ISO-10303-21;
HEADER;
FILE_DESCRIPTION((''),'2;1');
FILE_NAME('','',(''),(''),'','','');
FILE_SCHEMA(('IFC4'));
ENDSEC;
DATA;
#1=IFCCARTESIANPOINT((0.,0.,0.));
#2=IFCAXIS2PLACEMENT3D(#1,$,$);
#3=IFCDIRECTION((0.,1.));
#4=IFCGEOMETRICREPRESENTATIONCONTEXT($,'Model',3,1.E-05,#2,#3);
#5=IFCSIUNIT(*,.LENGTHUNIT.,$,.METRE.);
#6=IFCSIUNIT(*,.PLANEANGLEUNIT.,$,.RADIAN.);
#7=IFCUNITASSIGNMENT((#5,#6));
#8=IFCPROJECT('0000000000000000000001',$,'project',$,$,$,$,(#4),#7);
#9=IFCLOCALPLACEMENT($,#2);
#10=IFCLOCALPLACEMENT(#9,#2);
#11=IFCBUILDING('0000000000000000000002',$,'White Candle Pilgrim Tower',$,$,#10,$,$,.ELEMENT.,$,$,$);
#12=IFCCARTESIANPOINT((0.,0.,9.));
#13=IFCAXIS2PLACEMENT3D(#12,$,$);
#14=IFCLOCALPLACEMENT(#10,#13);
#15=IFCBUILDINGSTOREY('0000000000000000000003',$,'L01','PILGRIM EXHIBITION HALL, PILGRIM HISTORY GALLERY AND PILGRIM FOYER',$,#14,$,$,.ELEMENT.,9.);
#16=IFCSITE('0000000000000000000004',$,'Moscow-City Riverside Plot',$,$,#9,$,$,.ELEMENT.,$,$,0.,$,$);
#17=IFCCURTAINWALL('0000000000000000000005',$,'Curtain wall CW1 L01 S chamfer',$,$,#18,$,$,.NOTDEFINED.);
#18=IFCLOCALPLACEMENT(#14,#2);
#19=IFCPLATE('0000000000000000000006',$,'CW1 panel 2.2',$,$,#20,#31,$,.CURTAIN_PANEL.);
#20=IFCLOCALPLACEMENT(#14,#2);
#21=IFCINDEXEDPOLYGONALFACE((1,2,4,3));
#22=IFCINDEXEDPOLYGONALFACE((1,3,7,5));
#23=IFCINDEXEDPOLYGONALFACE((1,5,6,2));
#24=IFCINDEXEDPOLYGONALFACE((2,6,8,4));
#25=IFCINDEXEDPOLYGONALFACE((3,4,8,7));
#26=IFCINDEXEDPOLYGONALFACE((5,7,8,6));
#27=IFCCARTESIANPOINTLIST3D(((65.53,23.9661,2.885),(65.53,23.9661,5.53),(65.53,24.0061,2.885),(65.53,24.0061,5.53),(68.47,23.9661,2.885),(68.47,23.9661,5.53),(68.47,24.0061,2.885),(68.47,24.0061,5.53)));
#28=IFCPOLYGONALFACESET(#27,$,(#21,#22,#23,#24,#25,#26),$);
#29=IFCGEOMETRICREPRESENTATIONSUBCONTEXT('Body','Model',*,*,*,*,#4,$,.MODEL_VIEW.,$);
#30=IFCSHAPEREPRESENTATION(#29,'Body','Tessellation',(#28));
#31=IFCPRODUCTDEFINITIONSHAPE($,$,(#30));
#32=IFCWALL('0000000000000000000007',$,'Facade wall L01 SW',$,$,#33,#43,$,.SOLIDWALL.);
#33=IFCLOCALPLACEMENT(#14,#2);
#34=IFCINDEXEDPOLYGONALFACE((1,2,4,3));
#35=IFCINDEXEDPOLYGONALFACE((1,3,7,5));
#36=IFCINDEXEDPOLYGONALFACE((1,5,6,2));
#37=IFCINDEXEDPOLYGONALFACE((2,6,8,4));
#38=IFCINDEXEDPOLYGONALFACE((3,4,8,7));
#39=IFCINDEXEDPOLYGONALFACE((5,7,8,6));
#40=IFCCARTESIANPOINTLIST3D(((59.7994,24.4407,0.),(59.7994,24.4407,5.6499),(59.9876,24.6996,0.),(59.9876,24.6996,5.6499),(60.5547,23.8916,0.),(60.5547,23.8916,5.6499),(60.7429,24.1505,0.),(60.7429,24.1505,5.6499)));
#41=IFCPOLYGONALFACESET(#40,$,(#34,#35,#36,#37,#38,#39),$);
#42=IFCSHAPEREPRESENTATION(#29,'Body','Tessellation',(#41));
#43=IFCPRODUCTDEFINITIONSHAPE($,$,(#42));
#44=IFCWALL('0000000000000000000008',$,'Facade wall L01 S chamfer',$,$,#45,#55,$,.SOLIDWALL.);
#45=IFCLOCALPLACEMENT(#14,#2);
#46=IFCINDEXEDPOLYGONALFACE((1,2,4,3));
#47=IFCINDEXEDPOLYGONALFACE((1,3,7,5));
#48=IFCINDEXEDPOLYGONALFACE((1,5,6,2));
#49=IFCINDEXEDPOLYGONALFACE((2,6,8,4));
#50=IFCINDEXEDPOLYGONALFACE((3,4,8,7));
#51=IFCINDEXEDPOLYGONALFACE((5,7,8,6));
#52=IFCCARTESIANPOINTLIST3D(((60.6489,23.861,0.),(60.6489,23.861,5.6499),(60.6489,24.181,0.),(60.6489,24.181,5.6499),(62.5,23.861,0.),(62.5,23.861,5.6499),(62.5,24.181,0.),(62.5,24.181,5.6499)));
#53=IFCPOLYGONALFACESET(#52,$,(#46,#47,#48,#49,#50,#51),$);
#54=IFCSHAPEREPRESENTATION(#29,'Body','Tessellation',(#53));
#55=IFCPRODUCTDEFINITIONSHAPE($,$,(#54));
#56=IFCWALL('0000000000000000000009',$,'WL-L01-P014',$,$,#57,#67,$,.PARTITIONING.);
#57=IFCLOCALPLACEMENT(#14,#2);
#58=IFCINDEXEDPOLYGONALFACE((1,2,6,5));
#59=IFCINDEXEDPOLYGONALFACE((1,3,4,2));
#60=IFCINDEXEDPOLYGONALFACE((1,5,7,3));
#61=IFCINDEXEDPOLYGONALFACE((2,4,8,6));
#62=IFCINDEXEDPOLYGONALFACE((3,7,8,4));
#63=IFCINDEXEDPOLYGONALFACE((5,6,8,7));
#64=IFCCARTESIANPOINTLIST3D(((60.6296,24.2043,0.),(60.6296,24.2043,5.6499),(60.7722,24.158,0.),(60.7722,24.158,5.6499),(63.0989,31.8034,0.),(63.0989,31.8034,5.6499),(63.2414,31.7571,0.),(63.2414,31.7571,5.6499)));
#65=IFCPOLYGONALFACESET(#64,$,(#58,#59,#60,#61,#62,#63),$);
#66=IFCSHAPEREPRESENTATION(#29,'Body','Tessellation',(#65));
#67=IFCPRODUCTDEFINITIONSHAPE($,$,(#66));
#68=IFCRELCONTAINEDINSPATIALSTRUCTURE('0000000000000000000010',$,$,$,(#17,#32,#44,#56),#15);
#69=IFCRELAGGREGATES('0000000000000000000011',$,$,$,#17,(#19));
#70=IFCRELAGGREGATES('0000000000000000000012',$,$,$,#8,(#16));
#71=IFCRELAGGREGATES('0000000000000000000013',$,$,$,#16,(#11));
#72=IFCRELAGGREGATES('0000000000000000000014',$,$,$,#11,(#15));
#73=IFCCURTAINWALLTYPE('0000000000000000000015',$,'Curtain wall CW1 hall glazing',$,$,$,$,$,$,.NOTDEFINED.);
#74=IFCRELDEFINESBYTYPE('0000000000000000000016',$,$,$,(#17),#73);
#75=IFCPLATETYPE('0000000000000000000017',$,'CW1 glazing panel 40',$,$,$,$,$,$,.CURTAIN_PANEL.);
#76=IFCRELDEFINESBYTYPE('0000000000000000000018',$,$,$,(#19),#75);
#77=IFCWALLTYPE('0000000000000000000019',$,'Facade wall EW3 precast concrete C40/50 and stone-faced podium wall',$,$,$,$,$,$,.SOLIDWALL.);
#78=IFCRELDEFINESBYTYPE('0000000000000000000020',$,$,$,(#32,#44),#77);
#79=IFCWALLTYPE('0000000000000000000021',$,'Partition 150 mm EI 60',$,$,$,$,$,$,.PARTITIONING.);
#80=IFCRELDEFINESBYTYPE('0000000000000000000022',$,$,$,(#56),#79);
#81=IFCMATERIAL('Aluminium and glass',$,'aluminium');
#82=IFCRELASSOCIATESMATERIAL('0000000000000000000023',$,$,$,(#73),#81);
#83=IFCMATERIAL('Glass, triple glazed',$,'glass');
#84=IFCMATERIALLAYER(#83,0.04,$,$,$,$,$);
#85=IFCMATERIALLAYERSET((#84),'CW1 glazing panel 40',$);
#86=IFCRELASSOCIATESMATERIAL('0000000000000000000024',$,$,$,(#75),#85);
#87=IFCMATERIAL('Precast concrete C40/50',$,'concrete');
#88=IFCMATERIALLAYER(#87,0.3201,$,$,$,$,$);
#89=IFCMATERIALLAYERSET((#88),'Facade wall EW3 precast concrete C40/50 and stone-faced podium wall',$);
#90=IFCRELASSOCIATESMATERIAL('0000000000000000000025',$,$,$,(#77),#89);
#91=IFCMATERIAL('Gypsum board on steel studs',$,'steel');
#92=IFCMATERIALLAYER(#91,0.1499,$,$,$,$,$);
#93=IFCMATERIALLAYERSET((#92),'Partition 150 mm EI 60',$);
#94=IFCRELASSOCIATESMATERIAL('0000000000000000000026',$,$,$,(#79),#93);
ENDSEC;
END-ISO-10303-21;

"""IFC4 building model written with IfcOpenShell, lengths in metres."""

from ifc_helpers import new_model, si_unit, direction, frame, frame_2d, origin, origin_2d, place, context, subcontext, project, spatial, rectangle, extrude, material, layer, layer_set, type_object, element, aggregate, save


model = new_model("IFC4")

# Units and contexts
model_context = context("Model", 3, precision=1e-05, world=origin(), true_north=direction((0.0, 1.0)))
body_context = subcontext(model_context, "Body", "Model", "MODEL_VIEW")
ifc_project = project(units=[si_unit("LENGTHUNIT", "METRE"), si_unit("PLANEANGLEUNIT", "RADIAN")], contexts=[model_context])

# Site, building, storey
site_placement = place(None, origin())
site = spatial("IfcSite", under=ifc_project, at=site_placement, Name="Moscow-City Riverside Plot", CompositionType="ELEMENT", RefElevation=0.0)
building_placement = place(site_placement, origin())
building = spatial("IfcBuilding", under=site, at=building_placement, Name="White Candle Pilgrim Tower", CompositionType="ELEMENT")
storey_placement = place(building_placement, frame((0.0, 0.0, 9.0)))
storey = spatial("IfcBuildingStorey", under=building, at=storey_placement, Name="L01", Description="PILGRIM EXHIBITION HALL, PILGRIM HISTORY GALLERY AND PILGRIM FOYER", CompositionType="ELEMENT", Elevation=9.0)

# Shared definitions
ifc_material_1 = material(Name="Aluminium and glass", Category="aluminium")
curtain_wall_type = type_object("IfcCurtainWallType", Name="Curtain wall CW1 hall glazing", PredefinedType="NOTDEFINED", material=ifc_material_1)

# Curtain wall
curtain_wall_1_placement = place(storey_placement, origin())
curtain_wall_1 = element("IfcCurtainWall", 1, at=curtain_wall_1_placement, inside=storey, type_object=curtain_wall_type, Name="Curtain wall CW1 L01 S chamfer", PredefinedType="NOTDEFINED")

# Plate
ifc_material_2 = material(Name="Glass, triple glazed", Category="glass")
ifc_layer_1 = layer(ifc_material_2, 0.04)
ifc_layer_set_1 = layer_set([ifc_layer_1], Name="CW1 glazing panel 40")
plate_type = type_object("IfcPlateType", Name="CW1 glazing panel 40", PredefinedType="CURTAIN_PANEL", material=ifc_layer_set_1)
plate_1_placement = place(storey_placement, frame((67.0, 23.9861, 2.885), z_axis=(0.0, 0.0, 1.0), x_axis=(1.0, 0.0, 0.0)))
plate_1 = element("IfcPlate", 2, at=plate_1_placement, type_object=plate_type, Name="CW1 panel 2.2", PredefinedType="CURTAIN_PANEL", context=body_context, shape_type="SweptSolid", body=[
    extrude(rectangle(XDim=2.9399, YDim=0.04, at=origin_2d()), origin(), (0.0, 0.0, 1.0), 2.645),
])
aggregate(curtain_wall_1, [plate_1])

# Walls
ifc_material_3 = material(Name="Precast concrete C40/50", Category="concrete")
ifc_layer_2 = layer(ifc_material_3, 0.3201)
ifc_layer_set_2 = layer_set([ifc_layer_2], Name="Facade wall EW3 precast concrete C40/50 and stone-faced podium wall")
wall_type_1 = type_object("IfcWallType", Name="Facade wall EW3 precast concrete C40/50 and stone-faced podium wall", PredefinedType="SOLIDWALL", material=ifc_layer_set_2)
wall_1_placement = place(storey_placement, frame((59.8936, 24.5701, 0.0), z_axis=(0.0, 0.0, 1.0), x_axis=(0.808883, -0.58797, 0.0)))
element("IfcWall", 3, at=wall_1_placement, inside=storey, type_object=wall_type_1, Name="Facade wall L01 SW", PredefinedType="SOLIDWALL", context=body_context, shape_type="SweptSolid", body=[
    extrude(rectangle(XDim=0.9338, YDim=0.3201, at=frame_2d((0.4668, 0.0))), origin(), (0.0, 0.0, 1.0), 5.6499),
])
wall_2_placement = place(storey_placement, frame((60.6489, 24.021, 0.0), z_axis=(0.0, 0.0, 1.0), x_axis=(1.0, 0.0, 0.0)))
element("IfcWall", 4, at=wall_2_placement, inside=storey, type_object=wall_type_1, Name="Facade wall L01 S chamfer", PredefinedType="SOLIDWALL", context=body_context, shape_type="SweptSolid", body=[
    extrude(rectangle(XDim=1.8511, YDim=0.3201, at=frame_2d((0.9255, 0.0))), origin(), (0.0, 0.0, 1.0), 5.6499),
])
ifc_material_4 = material(Name="Gypsum board on steel studs", Category="steel")
ifc_layer_3 = layer(ifc_material_4, 0.1499)
ifc_layer_set_3 = layer_set([ifc_layer_3], Name="Partition 150 mm EI 60")
wall_type_2 = type_object("IfcWallType", Name="Partition 150 mm EI 60", PredefinedType="PARTITIONING", material=ifc_layer_set_3)
wall_3_placement = place(storey_placement, frame((60.7009, 24.1812, 0.0), z_axis=(0.0, 0.0, 1.0), x_axis=(0.309032, 0.951052, 0.0)))
element("IfcWall", 5, at=wall_3_placement, inside=storey, type_object=wall_type_2, Name="WL-L01-P014", PredefinedType="PARTITIONING", context=body_context, shape_type="SweptSolid", body=[
    extrude(rectangle(XDim=7.9902, YDim=0.1499, at=frame_2d((3.9951, 0.0))), origin(), (0.0, 0.0, 1.0), 5.6499),
])

save(model, "model.ifc")
